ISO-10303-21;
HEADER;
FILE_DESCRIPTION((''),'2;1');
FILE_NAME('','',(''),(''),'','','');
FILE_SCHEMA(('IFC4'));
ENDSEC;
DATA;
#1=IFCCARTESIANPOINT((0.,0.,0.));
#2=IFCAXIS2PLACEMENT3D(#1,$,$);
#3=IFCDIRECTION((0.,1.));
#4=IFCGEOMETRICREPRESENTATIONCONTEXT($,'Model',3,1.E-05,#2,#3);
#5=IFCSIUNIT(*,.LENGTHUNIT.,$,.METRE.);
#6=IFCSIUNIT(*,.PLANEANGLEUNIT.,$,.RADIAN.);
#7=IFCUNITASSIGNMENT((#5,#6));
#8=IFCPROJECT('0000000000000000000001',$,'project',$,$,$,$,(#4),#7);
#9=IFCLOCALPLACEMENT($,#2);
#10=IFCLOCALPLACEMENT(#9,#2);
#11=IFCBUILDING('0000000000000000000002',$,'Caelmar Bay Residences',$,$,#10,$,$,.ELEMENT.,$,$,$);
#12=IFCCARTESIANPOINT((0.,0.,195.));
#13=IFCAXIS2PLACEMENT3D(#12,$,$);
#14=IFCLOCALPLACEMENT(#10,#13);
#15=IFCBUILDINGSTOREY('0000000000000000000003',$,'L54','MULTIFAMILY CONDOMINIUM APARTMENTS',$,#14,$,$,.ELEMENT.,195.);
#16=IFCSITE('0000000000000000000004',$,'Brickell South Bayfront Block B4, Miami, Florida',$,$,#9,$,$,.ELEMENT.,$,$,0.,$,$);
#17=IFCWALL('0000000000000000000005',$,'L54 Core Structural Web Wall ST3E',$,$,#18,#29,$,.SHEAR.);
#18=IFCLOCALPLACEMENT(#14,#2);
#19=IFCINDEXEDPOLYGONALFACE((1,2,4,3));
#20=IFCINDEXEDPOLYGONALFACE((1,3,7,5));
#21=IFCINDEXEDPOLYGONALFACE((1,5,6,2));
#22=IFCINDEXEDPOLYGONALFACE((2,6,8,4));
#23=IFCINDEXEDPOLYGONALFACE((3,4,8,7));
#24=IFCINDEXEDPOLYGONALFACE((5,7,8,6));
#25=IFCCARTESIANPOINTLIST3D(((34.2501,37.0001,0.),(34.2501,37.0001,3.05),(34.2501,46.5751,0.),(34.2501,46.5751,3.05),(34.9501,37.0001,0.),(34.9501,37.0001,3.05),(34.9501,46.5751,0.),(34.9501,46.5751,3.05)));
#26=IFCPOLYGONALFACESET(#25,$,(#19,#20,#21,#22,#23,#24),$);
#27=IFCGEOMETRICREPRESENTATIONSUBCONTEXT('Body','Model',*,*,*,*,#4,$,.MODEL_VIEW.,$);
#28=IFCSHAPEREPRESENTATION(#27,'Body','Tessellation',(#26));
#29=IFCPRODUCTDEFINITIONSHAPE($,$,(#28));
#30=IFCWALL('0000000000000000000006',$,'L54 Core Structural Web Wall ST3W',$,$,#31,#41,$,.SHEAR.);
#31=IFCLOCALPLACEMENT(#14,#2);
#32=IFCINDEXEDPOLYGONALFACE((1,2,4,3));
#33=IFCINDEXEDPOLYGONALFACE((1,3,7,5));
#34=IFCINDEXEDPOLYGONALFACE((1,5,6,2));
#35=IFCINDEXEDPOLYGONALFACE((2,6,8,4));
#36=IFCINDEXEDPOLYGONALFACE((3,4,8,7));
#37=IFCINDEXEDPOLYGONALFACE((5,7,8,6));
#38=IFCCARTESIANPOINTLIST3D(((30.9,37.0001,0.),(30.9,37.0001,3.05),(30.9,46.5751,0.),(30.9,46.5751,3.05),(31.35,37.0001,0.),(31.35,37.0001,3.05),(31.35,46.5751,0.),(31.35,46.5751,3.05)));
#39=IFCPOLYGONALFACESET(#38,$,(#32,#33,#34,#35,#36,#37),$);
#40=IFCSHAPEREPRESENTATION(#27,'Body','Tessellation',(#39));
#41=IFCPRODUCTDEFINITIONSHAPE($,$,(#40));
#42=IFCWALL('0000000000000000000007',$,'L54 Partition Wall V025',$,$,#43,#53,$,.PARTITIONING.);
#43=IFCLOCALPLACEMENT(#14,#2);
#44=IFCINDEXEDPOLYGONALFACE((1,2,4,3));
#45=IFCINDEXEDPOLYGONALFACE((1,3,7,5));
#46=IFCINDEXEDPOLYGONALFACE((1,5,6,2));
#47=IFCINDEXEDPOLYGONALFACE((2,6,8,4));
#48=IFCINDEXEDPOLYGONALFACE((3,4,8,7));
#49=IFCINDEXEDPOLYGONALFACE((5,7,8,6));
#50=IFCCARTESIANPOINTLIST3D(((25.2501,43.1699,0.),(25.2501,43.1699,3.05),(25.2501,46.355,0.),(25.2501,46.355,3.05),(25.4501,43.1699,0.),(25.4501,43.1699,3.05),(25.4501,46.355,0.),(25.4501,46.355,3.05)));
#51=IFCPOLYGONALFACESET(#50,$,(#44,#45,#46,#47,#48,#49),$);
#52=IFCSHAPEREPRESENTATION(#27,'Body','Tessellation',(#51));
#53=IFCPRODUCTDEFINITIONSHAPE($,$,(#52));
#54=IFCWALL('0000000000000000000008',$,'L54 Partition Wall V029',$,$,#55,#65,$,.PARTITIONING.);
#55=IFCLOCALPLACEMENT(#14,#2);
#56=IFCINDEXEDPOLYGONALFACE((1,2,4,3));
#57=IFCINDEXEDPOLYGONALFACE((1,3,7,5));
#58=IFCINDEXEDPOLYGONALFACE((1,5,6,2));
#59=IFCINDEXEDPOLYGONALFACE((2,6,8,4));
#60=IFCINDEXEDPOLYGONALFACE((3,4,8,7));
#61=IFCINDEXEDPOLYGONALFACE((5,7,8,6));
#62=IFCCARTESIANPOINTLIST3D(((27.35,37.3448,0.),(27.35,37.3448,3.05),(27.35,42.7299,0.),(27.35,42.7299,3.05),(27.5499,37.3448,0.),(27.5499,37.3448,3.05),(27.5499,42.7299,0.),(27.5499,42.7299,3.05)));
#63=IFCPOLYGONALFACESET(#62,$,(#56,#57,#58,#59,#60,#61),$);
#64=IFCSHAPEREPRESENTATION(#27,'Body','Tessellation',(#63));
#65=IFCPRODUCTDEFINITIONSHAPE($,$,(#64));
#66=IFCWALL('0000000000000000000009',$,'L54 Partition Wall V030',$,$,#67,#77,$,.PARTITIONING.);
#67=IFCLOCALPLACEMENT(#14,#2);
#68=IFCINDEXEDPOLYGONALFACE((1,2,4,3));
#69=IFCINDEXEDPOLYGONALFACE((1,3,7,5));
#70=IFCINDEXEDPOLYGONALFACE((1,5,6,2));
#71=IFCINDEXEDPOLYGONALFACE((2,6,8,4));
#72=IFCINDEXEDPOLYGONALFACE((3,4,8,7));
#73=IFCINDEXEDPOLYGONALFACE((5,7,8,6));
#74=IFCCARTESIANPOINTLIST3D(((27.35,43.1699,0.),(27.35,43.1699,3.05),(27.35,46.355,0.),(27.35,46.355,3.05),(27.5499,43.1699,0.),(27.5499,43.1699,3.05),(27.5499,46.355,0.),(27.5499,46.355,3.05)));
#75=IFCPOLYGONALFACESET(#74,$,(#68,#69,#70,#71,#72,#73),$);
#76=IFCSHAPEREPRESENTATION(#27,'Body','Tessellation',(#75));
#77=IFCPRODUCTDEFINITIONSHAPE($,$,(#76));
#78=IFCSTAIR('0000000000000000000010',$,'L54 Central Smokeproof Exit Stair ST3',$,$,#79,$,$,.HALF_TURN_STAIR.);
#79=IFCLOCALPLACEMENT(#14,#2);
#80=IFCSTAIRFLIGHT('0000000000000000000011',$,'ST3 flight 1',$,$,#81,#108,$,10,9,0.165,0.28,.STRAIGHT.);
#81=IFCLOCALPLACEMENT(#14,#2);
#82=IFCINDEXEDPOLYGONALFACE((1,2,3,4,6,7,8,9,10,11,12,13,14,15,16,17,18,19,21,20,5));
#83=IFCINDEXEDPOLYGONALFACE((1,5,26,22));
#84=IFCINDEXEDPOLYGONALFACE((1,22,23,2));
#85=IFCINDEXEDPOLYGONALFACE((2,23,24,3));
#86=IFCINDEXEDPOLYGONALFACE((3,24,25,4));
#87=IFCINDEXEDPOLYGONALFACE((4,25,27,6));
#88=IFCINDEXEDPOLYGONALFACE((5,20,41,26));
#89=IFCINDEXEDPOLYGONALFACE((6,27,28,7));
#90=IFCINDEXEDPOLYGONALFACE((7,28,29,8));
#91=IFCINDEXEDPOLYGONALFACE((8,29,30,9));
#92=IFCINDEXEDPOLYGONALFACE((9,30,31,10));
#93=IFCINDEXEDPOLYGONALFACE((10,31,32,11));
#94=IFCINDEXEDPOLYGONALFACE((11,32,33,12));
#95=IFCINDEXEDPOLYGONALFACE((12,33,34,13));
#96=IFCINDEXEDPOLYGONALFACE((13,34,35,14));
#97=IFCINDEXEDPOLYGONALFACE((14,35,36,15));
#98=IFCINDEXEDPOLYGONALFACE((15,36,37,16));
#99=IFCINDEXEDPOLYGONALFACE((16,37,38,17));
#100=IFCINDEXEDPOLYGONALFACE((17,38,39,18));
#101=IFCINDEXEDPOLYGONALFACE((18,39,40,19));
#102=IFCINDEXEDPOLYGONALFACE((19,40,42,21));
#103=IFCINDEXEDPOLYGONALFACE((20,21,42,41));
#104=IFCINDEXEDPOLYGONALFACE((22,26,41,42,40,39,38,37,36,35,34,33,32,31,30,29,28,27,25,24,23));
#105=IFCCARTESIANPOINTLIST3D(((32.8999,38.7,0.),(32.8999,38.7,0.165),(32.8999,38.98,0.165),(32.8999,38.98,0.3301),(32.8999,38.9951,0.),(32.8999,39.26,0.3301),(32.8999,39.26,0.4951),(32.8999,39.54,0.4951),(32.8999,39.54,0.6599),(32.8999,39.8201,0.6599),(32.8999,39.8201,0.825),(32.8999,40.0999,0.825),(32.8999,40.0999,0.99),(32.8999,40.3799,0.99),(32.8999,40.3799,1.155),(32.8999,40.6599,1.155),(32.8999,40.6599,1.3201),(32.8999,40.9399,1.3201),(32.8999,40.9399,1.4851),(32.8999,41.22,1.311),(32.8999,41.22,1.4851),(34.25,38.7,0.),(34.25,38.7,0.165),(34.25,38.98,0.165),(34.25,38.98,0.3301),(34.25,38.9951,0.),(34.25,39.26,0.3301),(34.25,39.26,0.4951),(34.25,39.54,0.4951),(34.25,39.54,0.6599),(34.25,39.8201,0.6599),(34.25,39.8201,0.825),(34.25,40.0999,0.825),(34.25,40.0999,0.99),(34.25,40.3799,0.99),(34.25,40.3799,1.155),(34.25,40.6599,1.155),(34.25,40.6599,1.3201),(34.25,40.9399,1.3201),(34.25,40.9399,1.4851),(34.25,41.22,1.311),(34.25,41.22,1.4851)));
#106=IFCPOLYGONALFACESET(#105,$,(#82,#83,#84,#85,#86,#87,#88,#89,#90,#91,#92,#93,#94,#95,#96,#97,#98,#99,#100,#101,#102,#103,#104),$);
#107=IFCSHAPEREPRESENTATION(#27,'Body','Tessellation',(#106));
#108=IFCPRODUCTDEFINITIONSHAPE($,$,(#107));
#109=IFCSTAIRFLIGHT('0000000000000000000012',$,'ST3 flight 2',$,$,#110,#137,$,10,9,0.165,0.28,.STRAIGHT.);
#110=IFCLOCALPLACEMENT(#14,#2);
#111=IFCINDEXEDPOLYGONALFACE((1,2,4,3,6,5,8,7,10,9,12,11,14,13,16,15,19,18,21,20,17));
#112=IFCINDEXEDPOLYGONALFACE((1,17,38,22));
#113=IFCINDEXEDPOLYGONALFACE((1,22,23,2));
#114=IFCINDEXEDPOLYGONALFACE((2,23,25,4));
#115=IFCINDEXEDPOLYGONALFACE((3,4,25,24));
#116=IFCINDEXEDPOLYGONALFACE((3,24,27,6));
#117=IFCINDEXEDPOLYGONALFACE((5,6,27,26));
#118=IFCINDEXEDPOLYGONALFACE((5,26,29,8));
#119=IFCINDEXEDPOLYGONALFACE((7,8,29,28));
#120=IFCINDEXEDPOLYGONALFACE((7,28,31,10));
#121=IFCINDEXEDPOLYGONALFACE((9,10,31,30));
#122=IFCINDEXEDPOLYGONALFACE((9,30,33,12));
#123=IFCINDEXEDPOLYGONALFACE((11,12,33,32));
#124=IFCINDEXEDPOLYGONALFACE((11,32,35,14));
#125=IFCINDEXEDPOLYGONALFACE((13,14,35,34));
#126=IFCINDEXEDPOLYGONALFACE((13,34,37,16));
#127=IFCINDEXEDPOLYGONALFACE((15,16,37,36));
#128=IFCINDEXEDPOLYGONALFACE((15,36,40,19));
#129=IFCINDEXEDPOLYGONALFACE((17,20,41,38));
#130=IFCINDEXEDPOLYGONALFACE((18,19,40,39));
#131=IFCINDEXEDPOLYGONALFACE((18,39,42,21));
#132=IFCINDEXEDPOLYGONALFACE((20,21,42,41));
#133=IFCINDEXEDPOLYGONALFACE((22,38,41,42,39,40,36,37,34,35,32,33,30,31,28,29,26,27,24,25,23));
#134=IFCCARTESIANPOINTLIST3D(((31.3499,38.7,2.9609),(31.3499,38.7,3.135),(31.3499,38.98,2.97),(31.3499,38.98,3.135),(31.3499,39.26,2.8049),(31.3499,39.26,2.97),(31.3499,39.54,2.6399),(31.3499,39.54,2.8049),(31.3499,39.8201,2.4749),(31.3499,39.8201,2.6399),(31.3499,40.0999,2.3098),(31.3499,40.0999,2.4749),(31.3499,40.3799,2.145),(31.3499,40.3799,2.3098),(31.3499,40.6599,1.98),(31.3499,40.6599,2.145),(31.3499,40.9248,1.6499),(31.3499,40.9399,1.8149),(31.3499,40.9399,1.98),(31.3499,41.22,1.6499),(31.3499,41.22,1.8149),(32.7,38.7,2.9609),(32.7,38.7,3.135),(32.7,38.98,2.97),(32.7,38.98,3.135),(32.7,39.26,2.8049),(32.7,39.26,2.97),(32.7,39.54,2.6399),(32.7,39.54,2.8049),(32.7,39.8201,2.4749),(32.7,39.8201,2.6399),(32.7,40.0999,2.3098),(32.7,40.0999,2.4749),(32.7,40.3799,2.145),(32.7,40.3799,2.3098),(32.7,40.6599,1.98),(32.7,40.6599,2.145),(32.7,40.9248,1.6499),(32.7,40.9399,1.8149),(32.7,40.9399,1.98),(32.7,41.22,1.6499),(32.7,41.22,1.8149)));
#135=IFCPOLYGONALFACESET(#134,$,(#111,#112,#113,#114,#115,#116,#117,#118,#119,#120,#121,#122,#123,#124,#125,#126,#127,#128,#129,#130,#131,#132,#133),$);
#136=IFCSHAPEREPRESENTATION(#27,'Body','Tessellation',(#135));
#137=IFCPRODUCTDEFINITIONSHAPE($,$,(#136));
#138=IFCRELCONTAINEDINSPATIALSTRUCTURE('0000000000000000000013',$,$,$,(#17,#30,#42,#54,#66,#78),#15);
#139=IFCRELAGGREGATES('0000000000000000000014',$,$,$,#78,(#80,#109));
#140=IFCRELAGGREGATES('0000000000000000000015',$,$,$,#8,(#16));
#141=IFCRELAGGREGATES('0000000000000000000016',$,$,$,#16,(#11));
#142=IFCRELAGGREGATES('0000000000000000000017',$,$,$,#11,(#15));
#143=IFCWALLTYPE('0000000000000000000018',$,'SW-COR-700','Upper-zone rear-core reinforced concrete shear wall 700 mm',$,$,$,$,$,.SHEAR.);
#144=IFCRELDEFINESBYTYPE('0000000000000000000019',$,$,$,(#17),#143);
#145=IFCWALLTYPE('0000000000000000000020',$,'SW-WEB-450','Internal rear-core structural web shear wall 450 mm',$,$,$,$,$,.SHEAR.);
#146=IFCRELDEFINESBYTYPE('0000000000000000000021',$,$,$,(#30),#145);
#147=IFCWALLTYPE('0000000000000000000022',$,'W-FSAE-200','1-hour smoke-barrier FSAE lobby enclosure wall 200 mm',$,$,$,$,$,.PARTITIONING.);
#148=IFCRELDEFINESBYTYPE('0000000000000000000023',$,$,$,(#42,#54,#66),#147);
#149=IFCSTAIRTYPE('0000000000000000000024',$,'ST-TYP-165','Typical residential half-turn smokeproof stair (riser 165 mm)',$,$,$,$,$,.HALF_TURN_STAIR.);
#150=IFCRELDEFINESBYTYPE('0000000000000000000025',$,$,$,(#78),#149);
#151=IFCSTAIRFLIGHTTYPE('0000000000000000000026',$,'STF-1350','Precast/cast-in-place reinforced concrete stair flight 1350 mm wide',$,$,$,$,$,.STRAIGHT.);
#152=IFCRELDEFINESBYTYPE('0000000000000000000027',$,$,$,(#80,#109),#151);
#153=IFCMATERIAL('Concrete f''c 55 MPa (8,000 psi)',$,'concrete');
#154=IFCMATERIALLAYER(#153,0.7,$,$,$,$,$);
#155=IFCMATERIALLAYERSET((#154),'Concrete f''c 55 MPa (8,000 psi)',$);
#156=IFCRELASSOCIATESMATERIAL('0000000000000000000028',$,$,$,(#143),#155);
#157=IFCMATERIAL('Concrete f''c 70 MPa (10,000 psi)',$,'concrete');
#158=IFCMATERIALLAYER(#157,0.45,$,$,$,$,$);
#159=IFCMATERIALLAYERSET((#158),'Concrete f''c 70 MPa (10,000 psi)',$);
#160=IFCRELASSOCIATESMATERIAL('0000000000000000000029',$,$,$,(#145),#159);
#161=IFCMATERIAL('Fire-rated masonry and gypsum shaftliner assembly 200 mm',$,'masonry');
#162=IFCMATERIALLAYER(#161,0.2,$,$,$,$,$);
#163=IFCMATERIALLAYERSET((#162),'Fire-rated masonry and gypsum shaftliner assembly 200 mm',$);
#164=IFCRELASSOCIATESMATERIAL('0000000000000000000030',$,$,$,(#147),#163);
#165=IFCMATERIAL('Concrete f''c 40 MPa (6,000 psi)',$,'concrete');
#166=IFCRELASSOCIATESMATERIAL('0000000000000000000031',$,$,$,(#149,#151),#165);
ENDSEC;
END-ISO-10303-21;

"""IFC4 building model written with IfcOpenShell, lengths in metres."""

from ifc_helpers import new_model, si_unit, direction, frame, frame_2d, origin, place, context, subcontext, project, spatial, polyline, rectangle, outline, extrude, material, layer, layer_set, type_object, element, aggregate, save


model = new_model("IFC4")

# Units and contexts
model_context = context("Model", 3, precision=1e-05, world=origin(), true_north=direction((0.0, 1.0)))
body_context = subcontext(model_context, "Body", "Model", "MODEL_VIEW")
ifc_project = project(units=[si_unit("LENGTHUNIT", "METRE"), si_unit("PLANEANGLEUNIT", "RADIAN")], contexts=[model_context])

# Site, building, storey
site_placement = place(None, origin())
site = spatial("IfcSite", under=ifc_project, at=site_placement, Name="Brickell South Bayfront Block B4, Miami, Florida", CompositionType="ELEMENT", RefElevation=0.0)
building_placement = place(site_placement, origin())
building = spatial("IfcBuilding", under=site, at=building_placement, Name="Caelmar Bay Residences", CompositionType="ELEMENT")
storey_placement = place(building_placement, frame((0.0, 0.0, 195.0)))
storey = spatial("IfcBuildingStorey", under=building, at=storey_placement, Name="L54", Description="MULTIFAMILY CONDOMINIUM APARTMENTS", CompositionType="ELEMENT", Elevation=195.0)

# Walls
ifc_material_1 = material(Name="Concrete f'c 55 MPa (8,000 psi)", Category="concrete")
ifc_layer_1 = layer(ifc_material_1, 0.7)
ifc_layer_set_1 = layer_set([ifc_layer_1], Name="Concrete f'c 55 MPa (8,000 psi)")
wall_type_1 = type_object("IfcWallType", Name="SW-COR-700", Description="Upper-zone rear-core reinforced concrete shear wall 700 mm", PredefinedType="SHEAR", material=ifc_layer_set_1)
wall_1_placement = place(storey_placement, frame((34.6001, 37.0, 0.0), z_axis=(0.0, 0.0, 1.0), x_axis=(0.0, 1.0, 0.0)))
element("IfcWall", 1, at=wall_1_placement, inside=storey, type_object=wall_type_1, Name="L54 Core Structural Web Wall ST3E", PredefinedType="SHEAR", context=body_context, shape_type="SweptSolid", body=[
    extrude(rectangle(XDim=9.575, YDim=0.7, at=frame_2d((4.7876, 0.0))), origin(), (0.0, 0.0, 1.0), 3.05),
])
ifc_material_2 = material(Name="Concrete f'c 70 MPa (10,000 psi)", Category="concrete")
ifc_layer_2 = layer(ifc_material_2, 0.45)
ifc_layer_set_2 = layer_set([ifc_layer_2], Name="Concrete f'c 70 MPa (10,000 psi)")
wall_type_2 = type_object("IfcWallType", Name="SW-WEB-450", Description="Internal rear-core structural web shear wall 450 mm", PredefinedType="SHEAR", material=ifc_layer_set_2)
wall_2_placement = place(storey_placement, frame((31.125, 37.0, 0.0), z_axis=(0.0, 0.0, 1.0), x_axis=(0.0, 1.0, 0.0)))
element("IfcWall", 2, at=wall_2_placement, inside=storey, type_object=wall_type_2, Name="L54 Core Structural Web Wall ST3W", PredefinedType="SHEAR", context=body_context, shape_type="SweptSolid", body=[
    extrude(rectangle(XDim=9.575, YDim=0.45, at=frame_2d((4.7876, 0.0))), origin(), (0.0, 0.0, 1.0), 3.05),
])

# Walls
ifc_material_3 = material(Name="Fire-rated masonry and gypsum shaftliner assembly 200 mm", Category="masonry")
ifc_layer_3 = layer(ifc_material_3, 0.2)
ifc_layer_set_3 = layer_set([ifc_layer_3], Name="Fire-rated masonry and gypsum shaftliner assembly 200 mm")
wall_type_3 = type_object("IfcWallType", Name="W-FSAE-200", Description="1-hour smoke-barrier FSAE lobby enclosure wall 200 mm", PredefinedType="PARTITIONING", material=ifc_layer_set_3)
wall_3_placement = place(storey_placement, frame((25.3501, 43.1699, 0.0), z_axis=(0.0, 0.0, 1.0), x_axis=(0.0, 1.0, 0.0)))
element("IfcWall", 3, at=wall_3_placement, inside=storey, type_object=wall_type_3, Name="L54 Partition Wall V025", PredefinedType="PARTITIONING", context=body_context, shape_type="SweptSolid", body=[
    extrude(rectangle(XDim=3.1851, YDim=0.2, at=frame_2d((1.5925, 0.0))), origin(), (0.0, 0.0, 1.0), 3.05),
])
wall_4_placement = place(storey_placement, frame((27.45, 37.345, 0.0), z_axis=(0.0, 0.0, 1.0), x_axis=(0.0, 1.0, 0.0)))
element("IfcWall", 4, at=wall_4_placement, inside=storey, type_object=wall_type_3, Name="L54 Partition Wall V029", PredefinedType="PARTITIONING", context=body_context, shape_type="SweptSolid", body=[
    extrude(rectangle(XDim=5.385, YDim=0.2, at=frame_2d((2.6924, 0.0))), origin(), (0.0, 0.0, 1.0), 3.05),
])
wall_5_placement = place(storey_placement, frame((27.45, 43.1699, 0.0), z_axis=(0.0, 0.0, 1.0), x_axis=(0.0, 1.0, 0.0)))
element("IfcWall", 5, at=wall_5_placement, inside=storey, type_object=wall_type_3, Name="L54 Partition Wall V030", PredefinedType="PARTITIONING", context=body_context, shape_type="SweptSolid", body=[
    extrude(rectangle(XDim=3.1851, YDim=0.2, at=frame_2d((1.5925, 0.0))), origin(), (0.0, 0.0, 1.0), 3.05),
])

# Stair, stair flights
ifc_material_4 = material(Name="Concrete f'c 40 MPa (6,000 psi)", Category="concrete")
stair_type = type_object("IfcStairType", Name="ST-TYP-165", Description="Typical residential half-turn smokeproof stair (riser 165 mm)", PredefinedType="HALF_TURN_STAIR", material=ifc_material_4)
stair_placement = place(storey_placement, origin())
stair = element("IfcStair", 6, at=stair_placement, inside=storey, type_object=stair_type, Name="L54 Central Smokeproof Exit Stair ST3", PredefinedType="HALF_TURN_STAIR")
stair_flight_type = type_object("IfcStairFlightType", Name="STF-1350", Description="Precast/cast-in-place reinforced concrete stair flight 1350 mm wide", PredefinedType="STRAIGHT", material=ifc_material_4)
stair_flight_1_placement = place(storey_placement, frame((33.575, 38.7, 0.0), z_axis=(0.0, 0.0, 1.0), x_axis=(0.0, 1.0, 0.0)))
stair_flight_1 = element("IfcStairFlight", 7, at=stair_flight_1_placement, type_object=stair_flight_type, Name="ST3 flight 1", NumberOfRisers=10, NumberOfTreads=9, PredefinedType="STRAIGHT", RiserHeight=0.165, TreadLength=0.28, context=body_context, shape_type="SweptSolid", body=[
    extrude(outline(polyline([(0.0, 0.0), (0.0, 0.165), (0.28, 0.165), (0.28, 0.3301), (0.5601, 0.3301), (0.5601, 0.4951), (0.8401, 0.4951), (0.8401, 0.6599), (1.1201, 0.6599), (1.1201, 0.825), (1.3999, 0.825), (1.3999, 0.99), (1.6799, 0.99), (1.6799, 1.155), (1.96, 1.155), (1.96, 1.3201), (2.24, 1.3201), (2.24, 1.4851), (2.52, 1.4851), (2.52, 1.6499), (2.52, 1.311), (0.2952, 0.0), (0.0, 0.0)])), frame((0.0, 0.675, 0.0), z_axis=(0.0, -1.0, 0.0), x_axis=(1.0, 0.0, 0.0)), (0.0, 0.0, 1.0), 1.3501),
])
stair_flight_2_placement = place(storey_placement, frame((32.0249, 41.22, 1.6499), z_axis=(0.0, 0.0, 1.0), x_axis=(0.0, -1.0, 0.0)))
stair_flight_2 = element("IfcStairFlight", 8, at=stair_flight_2_placement, type_object=stair_flight_type, Name="ST3 flight 2", NumberOfRisers=10, NumberOfTreads=9, PredefinedType="STRAIGHT", RiserHeight=0.165, TreadLength=0.28, context=body_context, shape_type="SweptSolid", body=[
    extrude(outline(polyline([(0.0, 0.0), (0.0, 0.165), (0.28, 0.165), (0.28, 0.3301), (0.5601, 0.3301), (0.5601, 0.4951), (0.8401, 0.4951), (0.8401, 0.6599), (1.1201, 0.6599), (1.1201, 0.825), (1.3999, 0.825), (1.3999, 0.99), (1.6799, 0.99), (1.6799, 1.155), (1.96, 1.155), (1.96, 1.3201), (2.24, 1.3201), (2.24, 1.4851), (2.52, 1.4851), (2.52, 1.6499), (2.52, 1.311), (0.2952, 0.0), (0.0, 0.0)])), frame((0.0, 0.675, 0.0), z_axis=(0.0, -1.0, 0.0), x_axis=(1.0, 0.0, 0.0)), (0.0, 0.0, 1.0), 1.3501),
])
aggregate(stair, [stair_flight_1, stair_flight_2])

save(model, "model.ifc")
